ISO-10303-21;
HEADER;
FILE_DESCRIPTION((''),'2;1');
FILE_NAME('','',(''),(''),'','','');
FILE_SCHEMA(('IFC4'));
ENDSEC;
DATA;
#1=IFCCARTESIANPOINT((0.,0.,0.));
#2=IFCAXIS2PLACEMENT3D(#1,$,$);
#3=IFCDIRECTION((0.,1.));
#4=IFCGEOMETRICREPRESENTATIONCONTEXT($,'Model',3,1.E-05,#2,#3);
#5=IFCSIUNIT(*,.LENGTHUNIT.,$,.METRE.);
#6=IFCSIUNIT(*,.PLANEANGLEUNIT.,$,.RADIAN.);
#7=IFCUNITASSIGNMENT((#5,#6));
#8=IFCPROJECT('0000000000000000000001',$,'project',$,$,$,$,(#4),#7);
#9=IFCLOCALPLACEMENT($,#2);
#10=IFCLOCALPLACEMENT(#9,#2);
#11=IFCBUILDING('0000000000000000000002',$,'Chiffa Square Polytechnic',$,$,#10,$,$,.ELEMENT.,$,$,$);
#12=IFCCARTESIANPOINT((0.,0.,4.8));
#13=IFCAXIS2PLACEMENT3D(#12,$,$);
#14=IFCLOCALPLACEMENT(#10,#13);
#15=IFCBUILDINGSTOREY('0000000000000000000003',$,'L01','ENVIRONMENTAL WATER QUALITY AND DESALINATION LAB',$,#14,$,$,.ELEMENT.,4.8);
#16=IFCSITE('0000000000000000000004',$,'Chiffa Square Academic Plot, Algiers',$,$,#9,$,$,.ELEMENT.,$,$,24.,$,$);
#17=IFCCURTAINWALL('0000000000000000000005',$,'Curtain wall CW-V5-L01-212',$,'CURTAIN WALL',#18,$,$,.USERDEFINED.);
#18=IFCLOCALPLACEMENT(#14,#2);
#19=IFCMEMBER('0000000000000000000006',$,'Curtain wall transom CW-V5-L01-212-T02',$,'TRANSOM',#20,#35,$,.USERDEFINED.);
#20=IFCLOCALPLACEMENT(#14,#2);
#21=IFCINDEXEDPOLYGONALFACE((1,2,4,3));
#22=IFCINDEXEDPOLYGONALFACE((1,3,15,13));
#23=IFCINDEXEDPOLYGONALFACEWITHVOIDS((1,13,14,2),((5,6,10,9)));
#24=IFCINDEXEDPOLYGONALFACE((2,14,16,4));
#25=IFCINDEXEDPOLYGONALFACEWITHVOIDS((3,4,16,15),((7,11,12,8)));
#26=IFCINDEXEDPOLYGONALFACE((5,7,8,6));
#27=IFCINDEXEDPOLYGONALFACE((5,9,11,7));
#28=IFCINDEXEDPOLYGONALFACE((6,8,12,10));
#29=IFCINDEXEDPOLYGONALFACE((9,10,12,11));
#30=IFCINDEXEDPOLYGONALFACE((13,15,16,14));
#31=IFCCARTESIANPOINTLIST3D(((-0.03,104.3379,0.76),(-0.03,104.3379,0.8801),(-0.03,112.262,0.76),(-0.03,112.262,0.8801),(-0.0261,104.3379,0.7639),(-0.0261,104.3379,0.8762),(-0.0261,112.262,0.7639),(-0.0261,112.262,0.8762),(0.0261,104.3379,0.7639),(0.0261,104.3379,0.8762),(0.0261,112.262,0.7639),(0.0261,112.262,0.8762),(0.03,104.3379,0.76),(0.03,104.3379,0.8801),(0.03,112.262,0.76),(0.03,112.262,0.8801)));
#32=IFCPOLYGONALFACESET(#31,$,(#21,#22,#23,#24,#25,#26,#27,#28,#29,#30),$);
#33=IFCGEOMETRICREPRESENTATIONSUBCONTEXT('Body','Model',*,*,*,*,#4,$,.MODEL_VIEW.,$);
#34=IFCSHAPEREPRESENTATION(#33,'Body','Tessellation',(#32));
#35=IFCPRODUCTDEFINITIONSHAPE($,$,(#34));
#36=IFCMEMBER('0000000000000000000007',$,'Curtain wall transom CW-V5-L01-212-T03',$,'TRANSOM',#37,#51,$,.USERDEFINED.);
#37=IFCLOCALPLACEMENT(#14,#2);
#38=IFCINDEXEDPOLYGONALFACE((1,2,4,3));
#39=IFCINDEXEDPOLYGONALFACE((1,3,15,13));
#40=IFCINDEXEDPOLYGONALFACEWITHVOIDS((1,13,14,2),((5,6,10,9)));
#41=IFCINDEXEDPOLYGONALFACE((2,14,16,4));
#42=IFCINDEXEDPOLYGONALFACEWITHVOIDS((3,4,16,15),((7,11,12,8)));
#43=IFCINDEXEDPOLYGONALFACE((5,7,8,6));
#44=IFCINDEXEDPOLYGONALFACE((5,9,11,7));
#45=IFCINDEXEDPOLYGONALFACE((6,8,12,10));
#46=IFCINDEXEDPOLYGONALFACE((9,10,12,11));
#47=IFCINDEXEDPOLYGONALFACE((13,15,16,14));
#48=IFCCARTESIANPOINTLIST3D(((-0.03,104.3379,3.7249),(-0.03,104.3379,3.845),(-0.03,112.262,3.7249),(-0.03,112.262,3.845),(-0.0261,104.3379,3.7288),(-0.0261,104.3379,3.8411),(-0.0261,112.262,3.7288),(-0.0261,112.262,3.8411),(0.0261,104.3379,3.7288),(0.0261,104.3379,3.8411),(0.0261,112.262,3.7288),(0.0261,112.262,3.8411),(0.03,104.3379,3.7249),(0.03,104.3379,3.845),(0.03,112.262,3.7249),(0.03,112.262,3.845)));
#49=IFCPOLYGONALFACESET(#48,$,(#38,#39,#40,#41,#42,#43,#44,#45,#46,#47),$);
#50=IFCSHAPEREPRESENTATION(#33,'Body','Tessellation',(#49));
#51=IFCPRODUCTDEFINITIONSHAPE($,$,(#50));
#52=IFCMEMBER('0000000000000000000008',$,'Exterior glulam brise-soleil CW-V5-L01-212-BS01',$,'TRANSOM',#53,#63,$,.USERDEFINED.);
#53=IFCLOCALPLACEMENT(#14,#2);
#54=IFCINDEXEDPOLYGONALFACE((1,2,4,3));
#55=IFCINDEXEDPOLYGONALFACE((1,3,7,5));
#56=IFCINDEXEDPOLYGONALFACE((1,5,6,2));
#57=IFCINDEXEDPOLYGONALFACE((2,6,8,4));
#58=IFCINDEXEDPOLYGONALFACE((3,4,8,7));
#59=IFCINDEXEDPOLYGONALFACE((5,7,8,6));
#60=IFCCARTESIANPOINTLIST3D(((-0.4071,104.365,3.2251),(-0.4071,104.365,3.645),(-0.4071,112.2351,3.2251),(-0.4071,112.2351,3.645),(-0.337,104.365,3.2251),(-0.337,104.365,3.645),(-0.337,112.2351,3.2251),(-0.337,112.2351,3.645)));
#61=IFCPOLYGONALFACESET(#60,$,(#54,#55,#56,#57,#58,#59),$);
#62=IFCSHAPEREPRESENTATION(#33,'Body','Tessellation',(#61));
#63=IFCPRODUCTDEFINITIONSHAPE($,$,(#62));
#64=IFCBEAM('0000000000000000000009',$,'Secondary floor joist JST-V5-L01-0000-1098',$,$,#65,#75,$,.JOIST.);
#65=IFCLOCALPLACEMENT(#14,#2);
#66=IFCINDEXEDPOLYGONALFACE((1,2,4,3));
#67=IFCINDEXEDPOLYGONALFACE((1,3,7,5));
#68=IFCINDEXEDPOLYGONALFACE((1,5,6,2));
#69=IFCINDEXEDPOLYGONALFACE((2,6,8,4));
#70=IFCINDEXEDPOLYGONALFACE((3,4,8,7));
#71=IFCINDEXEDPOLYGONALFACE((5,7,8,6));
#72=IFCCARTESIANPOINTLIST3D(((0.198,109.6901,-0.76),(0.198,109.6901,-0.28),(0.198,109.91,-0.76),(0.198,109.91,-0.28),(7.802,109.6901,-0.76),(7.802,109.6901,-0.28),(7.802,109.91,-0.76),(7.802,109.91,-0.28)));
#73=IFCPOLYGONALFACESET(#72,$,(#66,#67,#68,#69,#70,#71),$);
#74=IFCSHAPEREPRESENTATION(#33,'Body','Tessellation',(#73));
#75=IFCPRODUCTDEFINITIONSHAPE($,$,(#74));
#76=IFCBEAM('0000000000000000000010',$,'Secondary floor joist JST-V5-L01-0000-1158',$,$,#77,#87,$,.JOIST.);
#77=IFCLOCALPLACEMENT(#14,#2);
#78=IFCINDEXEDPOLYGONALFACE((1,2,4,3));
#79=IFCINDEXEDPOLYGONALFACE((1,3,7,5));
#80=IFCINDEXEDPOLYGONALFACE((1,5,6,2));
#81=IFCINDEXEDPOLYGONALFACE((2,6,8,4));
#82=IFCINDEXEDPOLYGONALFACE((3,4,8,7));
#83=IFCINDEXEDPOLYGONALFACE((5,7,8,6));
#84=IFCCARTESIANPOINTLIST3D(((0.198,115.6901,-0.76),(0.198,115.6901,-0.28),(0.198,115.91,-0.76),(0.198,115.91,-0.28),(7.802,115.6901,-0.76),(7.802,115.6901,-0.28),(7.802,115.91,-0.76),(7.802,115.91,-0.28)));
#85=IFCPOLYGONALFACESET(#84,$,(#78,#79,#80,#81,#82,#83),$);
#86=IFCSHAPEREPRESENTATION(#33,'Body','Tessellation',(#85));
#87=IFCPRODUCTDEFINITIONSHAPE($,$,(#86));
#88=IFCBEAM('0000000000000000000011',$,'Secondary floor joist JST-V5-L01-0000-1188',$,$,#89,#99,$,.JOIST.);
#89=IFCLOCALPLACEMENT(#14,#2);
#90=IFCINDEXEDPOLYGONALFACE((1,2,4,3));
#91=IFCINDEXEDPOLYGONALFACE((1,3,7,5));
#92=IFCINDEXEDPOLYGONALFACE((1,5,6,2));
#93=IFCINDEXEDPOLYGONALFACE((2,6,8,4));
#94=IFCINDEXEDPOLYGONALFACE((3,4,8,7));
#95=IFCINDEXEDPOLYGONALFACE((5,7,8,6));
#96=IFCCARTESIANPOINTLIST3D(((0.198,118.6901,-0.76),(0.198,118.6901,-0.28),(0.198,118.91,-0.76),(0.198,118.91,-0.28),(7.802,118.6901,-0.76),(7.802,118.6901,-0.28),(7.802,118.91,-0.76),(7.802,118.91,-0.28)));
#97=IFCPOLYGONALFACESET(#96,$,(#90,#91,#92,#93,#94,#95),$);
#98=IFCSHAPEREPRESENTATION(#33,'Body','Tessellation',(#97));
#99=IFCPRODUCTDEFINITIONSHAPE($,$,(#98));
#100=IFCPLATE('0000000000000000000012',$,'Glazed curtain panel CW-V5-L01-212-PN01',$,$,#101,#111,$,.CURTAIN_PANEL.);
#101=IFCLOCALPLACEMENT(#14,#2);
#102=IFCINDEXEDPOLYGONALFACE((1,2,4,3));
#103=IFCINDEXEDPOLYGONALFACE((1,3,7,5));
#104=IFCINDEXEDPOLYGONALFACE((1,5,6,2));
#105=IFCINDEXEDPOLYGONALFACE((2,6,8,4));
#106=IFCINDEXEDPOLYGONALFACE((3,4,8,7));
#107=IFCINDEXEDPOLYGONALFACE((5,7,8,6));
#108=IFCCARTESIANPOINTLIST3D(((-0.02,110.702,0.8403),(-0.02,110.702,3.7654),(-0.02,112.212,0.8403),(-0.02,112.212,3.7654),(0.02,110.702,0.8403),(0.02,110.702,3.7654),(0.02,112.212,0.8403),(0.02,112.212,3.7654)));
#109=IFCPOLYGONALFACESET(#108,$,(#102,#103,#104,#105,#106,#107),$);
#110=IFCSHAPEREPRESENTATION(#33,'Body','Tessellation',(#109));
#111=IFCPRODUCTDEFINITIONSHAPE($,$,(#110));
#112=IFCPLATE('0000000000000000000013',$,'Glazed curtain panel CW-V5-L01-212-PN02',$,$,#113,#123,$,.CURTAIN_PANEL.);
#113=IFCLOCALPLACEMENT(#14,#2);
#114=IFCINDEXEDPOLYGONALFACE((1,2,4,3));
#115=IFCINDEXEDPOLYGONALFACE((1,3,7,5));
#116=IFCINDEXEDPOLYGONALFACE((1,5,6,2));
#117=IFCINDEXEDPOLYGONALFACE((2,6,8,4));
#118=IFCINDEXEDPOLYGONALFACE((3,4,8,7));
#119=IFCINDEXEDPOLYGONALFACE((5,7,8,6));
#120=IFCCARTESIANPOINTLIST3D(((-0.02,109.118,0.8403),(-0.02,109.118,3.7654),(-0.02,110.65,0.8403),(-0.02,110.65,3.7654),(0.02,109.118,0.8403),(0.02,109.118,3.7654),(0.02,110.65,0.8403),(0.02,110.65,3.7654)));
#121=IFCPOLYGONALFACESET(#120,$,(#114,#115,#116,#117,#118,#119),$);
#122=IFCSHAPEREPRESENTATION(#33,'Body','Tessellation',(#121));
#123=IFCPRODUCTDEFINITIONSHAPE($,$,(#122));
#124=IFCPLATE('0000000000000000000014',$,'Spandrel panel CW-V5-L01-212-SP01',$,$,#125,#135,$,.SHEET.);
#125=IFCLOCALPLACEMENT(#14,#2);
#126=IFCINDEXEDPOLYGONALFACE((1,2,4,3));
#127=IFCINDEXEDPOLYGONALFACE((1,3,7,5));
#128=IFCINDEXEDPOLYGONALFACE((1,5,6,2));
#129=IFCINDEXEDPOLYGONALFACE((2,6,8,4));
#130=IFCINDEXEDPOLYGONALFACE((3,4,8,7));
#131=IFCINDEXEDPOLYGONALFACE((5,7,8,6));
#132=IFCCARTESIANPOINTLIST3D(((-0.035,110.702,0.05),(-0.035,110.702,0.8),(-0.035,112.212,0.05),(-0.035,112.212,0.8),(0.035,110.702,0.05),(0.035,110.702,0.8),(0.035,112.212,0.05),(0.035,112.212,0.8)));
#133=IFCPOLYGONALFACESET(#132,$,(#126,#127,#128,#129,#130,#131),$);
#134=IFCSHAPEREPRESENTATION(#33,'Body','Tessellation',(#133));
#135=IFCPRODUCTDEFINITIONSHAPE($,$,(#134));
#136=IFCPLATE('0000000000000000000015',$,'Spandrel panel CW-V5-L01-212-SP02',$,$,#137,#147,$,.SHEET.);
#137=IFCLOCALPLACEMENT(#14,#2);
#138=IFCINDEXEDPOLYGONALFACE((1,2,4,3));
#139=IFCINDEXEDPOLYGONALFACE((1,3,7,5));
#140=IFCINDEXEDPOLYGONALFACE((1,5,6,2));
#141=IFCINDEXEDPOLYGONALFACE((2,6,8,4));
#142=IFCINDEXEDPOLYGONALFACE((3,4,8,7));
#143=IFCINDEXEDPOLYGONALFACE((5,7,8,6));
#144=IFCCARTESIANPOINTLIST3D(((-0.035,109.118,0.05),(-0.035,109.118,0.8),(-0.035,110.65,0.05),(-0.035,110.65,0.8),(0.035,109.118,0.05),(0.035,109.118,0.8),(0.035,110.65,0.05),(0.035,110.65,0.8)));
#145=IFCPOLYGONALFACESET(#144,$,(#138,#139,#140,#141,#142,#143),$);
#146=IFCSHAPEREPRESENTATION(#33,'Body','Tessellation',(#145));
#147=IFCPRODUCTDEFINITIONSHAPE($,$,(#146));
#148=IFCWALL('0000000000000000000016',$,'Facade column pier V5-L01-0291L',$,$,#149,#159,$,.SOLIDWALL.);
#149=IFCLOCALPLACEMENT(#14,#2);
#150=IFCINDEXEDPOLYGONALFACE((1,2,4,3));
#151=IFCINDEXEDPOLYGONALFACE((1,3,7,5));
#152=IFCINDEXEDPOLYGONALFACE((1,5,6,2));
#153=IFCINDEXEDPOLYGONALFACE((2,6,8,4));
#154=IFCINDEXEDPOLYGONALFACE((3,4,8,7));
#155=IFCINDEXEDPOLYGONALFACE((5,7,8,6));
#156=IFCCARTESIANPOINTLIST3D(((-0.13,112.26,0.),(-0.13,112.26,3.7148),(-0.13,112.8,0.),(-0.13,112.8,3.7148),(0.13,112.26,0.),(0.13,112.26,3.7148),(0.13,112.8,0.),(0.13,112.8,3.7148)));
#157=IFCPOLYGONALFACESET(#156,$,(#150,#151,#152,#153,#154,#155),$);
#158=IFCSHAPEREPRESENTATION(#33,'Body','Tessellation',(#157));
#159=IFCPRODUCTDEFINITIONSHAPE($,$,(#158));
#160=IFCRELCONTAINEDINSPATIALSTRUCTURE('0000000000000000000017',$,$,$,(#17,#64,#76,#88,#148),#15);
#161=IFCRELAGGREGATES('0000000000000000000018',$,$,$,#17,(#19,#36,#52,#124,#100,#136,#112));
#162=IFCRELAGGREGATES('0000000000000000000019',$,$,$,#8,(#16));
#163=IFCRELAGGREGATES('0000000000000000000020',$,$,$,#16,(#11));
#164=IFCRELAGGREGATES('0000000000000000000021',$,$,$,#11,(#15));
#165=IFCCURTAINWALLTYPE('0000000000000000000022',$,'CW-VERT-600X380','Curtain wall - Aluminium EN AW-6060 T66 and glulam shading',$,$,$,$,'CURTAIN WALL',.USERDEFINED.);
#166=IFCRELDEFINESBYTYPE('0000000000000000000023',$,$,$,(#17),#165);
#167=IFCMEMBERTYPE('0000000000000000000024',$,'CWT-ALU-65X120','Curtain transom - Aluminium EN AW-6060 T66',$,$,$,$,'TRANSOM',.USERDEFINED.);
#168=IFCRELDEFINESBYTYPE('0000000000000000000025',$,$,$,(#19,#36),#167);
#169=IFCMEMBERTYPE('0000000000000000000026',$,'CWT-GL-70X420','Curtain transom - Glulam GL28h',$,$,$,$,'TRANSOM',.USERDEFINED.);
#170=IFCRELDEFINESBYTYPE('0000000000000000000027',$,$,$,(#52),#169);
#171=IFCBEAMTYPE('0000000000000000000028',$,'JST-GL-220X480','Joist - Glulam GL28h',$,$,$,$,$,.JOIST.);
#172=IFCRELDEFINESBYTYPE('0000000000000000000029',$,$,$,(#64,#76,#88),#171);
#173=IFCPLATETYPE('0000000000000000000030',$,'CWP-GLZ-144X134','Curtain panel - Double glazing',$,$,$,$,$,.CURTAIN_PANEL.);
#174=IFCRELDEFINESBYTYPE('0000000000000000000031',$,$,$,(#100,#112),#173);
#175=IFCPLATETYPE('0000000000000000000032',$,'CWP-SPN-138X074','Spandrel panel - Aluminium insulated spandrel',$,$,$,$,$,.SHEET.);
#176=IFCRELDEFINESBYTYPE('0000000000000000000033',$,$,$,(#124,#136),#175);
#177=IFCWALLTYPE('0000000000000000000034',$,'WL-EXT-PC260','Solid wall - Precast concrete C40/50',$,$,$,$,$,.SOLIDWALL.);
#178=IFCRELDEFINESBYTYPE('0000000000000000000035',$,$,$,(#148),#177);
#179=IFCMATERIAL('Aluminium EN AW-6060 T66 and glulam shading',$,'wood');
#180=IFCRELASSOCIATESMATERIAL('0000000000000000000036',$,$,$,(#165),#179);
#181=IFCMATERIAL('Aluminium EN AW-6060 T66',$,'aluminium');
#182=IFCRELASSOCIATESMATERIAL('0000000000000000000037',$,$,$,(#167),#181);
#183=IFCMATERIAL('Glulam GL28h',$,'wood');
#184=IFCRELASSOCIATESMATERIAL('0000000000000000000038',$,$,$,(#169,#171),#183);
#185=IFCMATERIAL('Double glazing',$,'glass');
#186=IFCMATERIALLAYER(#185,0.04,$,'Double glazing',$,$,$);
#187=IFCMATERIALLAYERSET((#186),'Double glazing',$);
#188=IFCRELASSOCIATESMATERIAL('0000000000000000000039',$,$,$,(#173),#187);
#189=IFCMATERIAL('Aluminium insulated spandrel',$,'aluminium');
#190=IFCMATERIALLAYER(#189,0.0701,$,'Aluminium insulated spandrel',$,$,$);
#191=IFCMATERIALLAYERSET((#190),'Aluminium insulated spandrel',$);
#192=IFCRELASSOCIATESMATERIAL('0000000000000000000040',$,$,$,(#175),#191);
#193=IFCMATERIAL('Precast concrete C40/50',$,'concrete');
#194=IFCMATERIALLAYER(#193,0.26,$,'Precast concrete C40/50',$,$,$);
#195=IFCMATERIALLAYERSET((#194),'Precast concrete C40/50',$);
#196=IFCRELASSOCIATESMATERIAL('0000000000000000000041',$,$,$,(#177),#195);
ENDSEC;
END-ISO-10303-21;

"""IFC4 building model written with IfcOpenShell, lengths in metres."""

from ifc_helpers import new_model, si_unit, direction, frame, frame_2d, origin, origin_2d, place, context, subcontext, project, spatial, rectangle, hollow_rectangle, extrude, material, layer, layer_set, material_profile, profile_set, type_object, element, aggregate, save


model = new_model("IFC4")

# Units and contexts
model_context = context("Model", 3, precision=1e-05, world=origin(), true_north=direction((0.0, 1.0)))
body_context = subcontext(model_context, "Body", "Model", "MODEL_VIEW")
ifc_project = project(units=[si_unit("LENGTHUNIT", "METRE"), si_unit("PLANEANGLEUNIT", "RADIAN")], contexts=[model_context])

# Site, building, storey
site_placement = place(None, origin())
site = spatial("IfcSite", under=ifc_project, at=site_placement, Name="Chiffa Square Academic Plot, Algiers", CompositionType="ELEMENT", RefElevation=24.0)
building_placement = place(site_placement, origin())
building = spatial("IfcBuilding", under=site, at=building_placement, Name="Chiffa Square Polytechnic", CompositionType="ELEMENT")
storey_placement = place(building_placement, frame((0.0, 0.0, 4.8)))
storey = spatial("IfcBuildingStorey", under=building, at=storey_placement, Name="L01", Description="ENVIRONMENTAL WATER QUALITY AND DESALINATION LAB", CompositionType="ELEMENT", Elevation=4.8)

# Curtain wall, members
ifc_material_1 = material(Name="Aluminium EN AW-6060 T66 and glulam shading", Category="wood")
curtain_wall_type = type_object("IfcCurtainWallType", Name="CW-VERT-600X380", Description="Curtain wall - Aluminium EN AW-6060 T66 and glulam shading", ElementType="CURTAIN WALL", PredefinedType="USERDEFINED", material=ifc_material_1)
curtain_wall_placement = place(storey_placement, origin())
curtain_wall = element("IfcCurtainWall", 1, at=curtain_wall_placement, inside=storey, type_object=curtain_wall_type, Name="Curtain wall CW-V5-L01-212", ObjectType="CURTAIN WALL", PredefinedType="USERDEFINED")
ifc_material_2 = material(Name="Aluminium EN AW-6060 T66", Category="aluminium")
ifc_material_3 = material(Name="Glulam GL28h", Category="wood")
ifc_material_profile_1 = material_profile(ifc_material_2, hollow_rectangle(XDim=0.0601, YDim=0.1201, WallThickness=0.0039, at=origin_2d()), Name="ALU 60x120x4")
ifc_profile_set_1 = profile_set([ifc_material_profile_1], Name="Aluminium EN AW-6060 T66")
member_type_1 = type_object("IfcMemberType", Name="CWT-ALU-65X120", Description="Curtain transom - Aluminium EN AW-6060 T66", ElementType="TRANSOM", PredefinedType="USERDEFINED", material=ifc_profile_set_1)
member_1_placement = place(storey_placement, frame((0.0, 112.262, 0.8201), z_axis=(0.0, -1.0, 0.0), x_axis=(1.0, 0.0, 0.0)))
member_1 = element("IfcMember", 2, at=member_1_placement, type_object=member_type_1, Name="Curtain wall transom CW-V5-L01-212-T02", ObjectType="TRANSOM", PredefinedType="USERDEFINED", context=body_context, shape_type="SweptSolid", body=[
    extrude(hollow_rectangle(XDim=0.0601, YDim=0.1201, WallThickness=0.0039, at=origin_2d()), origin(), (0.0, 0.0, 1.0), 7.9241),
])
member_2_placement = place(storey_placement, frame((0.0, 112.262, 3.7849), z_axis=(0.0, -1.0, 0.0), x_axis=(1.0, 0.0, 0.0)))
member_2 = element("IfcMember", 3, at=member_2_placement, type_object=member_type_1, Name="Curtain wall transom CW-V5-L01-212-T03", ObjectType="TRANSOM", PredefinedType="USERDEFINED", context=body_context, shape_type="SweptSolid", body=[
    extrude(hollow_rectangle(XDim=0.0601, YDim=0.1201, WallThickness=0.0039, at=origin_2d()), origin(), (0.0, 0.0, 1.0), 7.9241),
])
ifc_material_profile_2 = material_profile(ifc_material_3, rectangle(XDim=0.0701, YDim=0.4199, at=origin_2d()), Name="GL28h 70x420")
ifc_profile_set_2 = profile_set([ifc_material_profile_2], Name="Glulam GL28h")
member_type_2 = type_object("IfcMemberType", Name="CWT-GL-70X420", Description="Curtain transom - Glulam GL28h", ElementType="TRANSOM", PredefinedType="USERDEFINED", material=ifc_profile_set_2)
member_3_placement = place(storey_placement, frame((-0.3721, 112.2351, 3.4351), z_axis=(0.0, -1.0, 0.0), x_axis=(1.0, 0.0, 0.0)))
member_3 = element("IfcMember", 4, at=member_3_placement, type_object=member_type_2, Name="Exterior glulam brise-soleil CW-V5-L01-212-BS01", ObjectType="TRANSOM", PredefinedType="USERDEFINED", context=body_context, shape_type="SweptSolid", body=[
    extrude(rectangle(XDim=0.0701, YDim=0.4199, at=origin_2d()), origin(), (0.0, 0.0, 1.0), 7.8701),
])

# Beams
ifc_material_profile_3 = material_profile(ifc_material_3, rectangle(XDim=0.22, YDim=0.48, at=origin_2d()), Name="GL28h 220x480")
ifc_profile_set_3 = profile_set([ifc_material_profile_3], Name="Glulam GL28h")
beam_type_1 = type_object("IfcBeamType", Name="JST-GL-220X480", Description="Joist - Glulam GL28h", PredefinedType="JOIST", material=ifc_profile_set_3)
for number, where, z_axis, x_axis, name in (
    (5, (0.198, 109.8, -0.52), (1.0, 0.0, 0.0), (0.0, 1.0, 0.0), "Secondary floor joist JST-V5-L01-0000-1098"),
    (6, (0.198, 115.8, -0.52), (1.0, 0.0, 0.0), (0.0, 1.0, 0.0), "Secondary floor joist JST-V5-L01-0000-1158"),
    (7, (0.198, 118.8, -0.52), (1.0, 0.0, 0.0), (0.0, 1.0, 0.0), "Secondary floor joist JST-V5-L01-0000-1188"),
):
    element("IfcBeam", number, at=place(storey_placement, frame(where, z_axis=z_axis, x_axis=x_axis)), inside=storey, type_object=beam_type_1, Name=name, PredefinedType="JOIST", context=body_context, shape_type="SweptSolid", body=[
        extrude(rectangle(XDim=0.22, YDim=0.48, at=origin_2d()), origin(), (0.0, 0.0, 1.0), 7.604),
    ])

# Plates
ifc_material_4 = material(Name="Double glazing", Category="glass")
ifc_layer_1 = layer(ifc_material_4, 0.04, Name="Double glazing")
ifc_layer_set_1 = layer_set([ifc_layer_1], Name="Double glazing")
plate_type_1 = type_object("IfcPlateType", Name="CWP-GLZ-144X134", Description="Curtain panel - Double glazing", PredefinedType="CURTAIN_PANEL", material=ifc_layer_set_1)
plate_1_placement = place(storey_placement, frame((0.0, 111.457, 0.8403), z_axis=(0.0, 0.0, 1.0), x_axis=(0.0, -1.0, 0.0)))
plate_1 = element("IfcPlate", 8, at=plate_1_placement, type_object=plate_type_1, Name="Glazed curtain panel CW-V5-L01-212-PN01", PredefinedType="CURTAIN_PANEL", context=body_context, shape_type="SweptSolid", body=[
    extrude(rectangle(XDim=1.51, YDim=0.04, at=origin_2d()), origin(), (0.0, 0.0, 1.0), 2.925),
])
plate_2_placement = place(storey_placement, frame((0.0, 109.884, 0.8403), z_axis=(0.0, 0.0, 1.0), x_axis=(0.0, -1.0, 0.0)))
plate_2 = element("IfcPlate", 9, at=plate_2_placement, type_object=plate_type_1, Name="Glazed curtain panel CW-V5-L01-212-PN02", PredefinedType="CURTAIN_PANEL", context=body_context, shape_type="SweptSolid", body=[
    extrude(rectangle(XDim=1.532, YDim=0.04, at=origin_2d()), origin(), (0.0, 0.0, 1.0), 2.925),
])
ifc_material_5 = material(Name="Aluminium insulated spandrel", Category="aluminium")
ifc_layer_2 = layer(ifc_material_5, 0.0701, Name="Aluminium insulated spandrel")
ifc_layer_set_2 = layer_set([ifc_layer_2], Name="Aluminium insulated spandrel")
plate_type_2 = type_object("IfcPlateType", Name="CWP-SPN-138X074", Description="Spandrel panel - Aluminium insulated spandrel", PredefinedType="SHEET", material=ifc_layer_set_2)
plate_3_placement = place(storey_placement, frame((0.0, 111.457, 0.05), z_axis=(0.0, 0.0, 1.0), x_axis=(0.0, -1.0, 0.0)))
plate_3 = element("IfcPlate", 10, at=plate_3_placement, type_object=plate_type_2, Name="Spandrel panel CW-V5-L01-212-SP01", PredefinedType="SHEET", context=body_context, shape_type="SweptSolid", body=[
    extrude(rectangle(XDim=1.51, YDim=0.0701, at=origin_2d()), origin(), (0.0, 0.0, 1.0), 0.75),
])
plate_4_placement = place(storey_placement, frame((0.0, 109.884, 0.05), z_axis=(0.0, 0.0, 1.0), x_axis=(0.0, -1.0, 0.0)))
plate_4 = element("IfcPlate", 11, at=plate_4_placement, type_object=plate_type_2, Name="Spandrel panel CW-V5-L01-212-SP02", PredefinedType="SHEET", context=body_context, shape_type="SweptSolid", body=[
    extrude(rectangle(XDim=1.532, YDim=0.0701, at=origin_2d()), origin(), (0.0, 0.0, 1.0), 0.75),
])
aggregate(curtain_wall, [member_1, member_2, member_3, plate_3, plate_1, plate_4, plate_2])

# Wall
ifc_material_6 = material(Name="Precast concrete C40/50", Category="concrete")
ifc_layer_3 = layer(ifc_material_6, 0.26, Name="Precast concrete C40/50")
ifc_layer_set_3 = layer_set([ifc_layer_3], Name="Precast concrete C40/50")
wall_type_1 = type_object("IfcWallType", Name="WL-EXT-PC260", Description="Solid wall - Precast concrete C40/50", PredefinedType="SOLIDWALL", material=ifc_layer_set_3)
wall_1_placement = place(storey_placement, frame((0.0, 112.8, 0.0), z_axis=(0.0, 0.0, 1.0), x_axis=(0.0, -1.0, 0.0)))
element("IfcWall", 12, at=wall_1_placement, inside=storey, type_object=wall_type_1, Name="Facade column pier V5-L01-0291L", PredefinedType="SOLIDWALL", context=body_context, shape_type="SweptSolid", body=[
    extrude(rectangle(XDim=0.54, YDim=0.26, at=frame_2d((0.27, 0.0))), origin(), (0.0, 0.0, 1.0), 3.7148),
])

save(model, "model.ifc")
